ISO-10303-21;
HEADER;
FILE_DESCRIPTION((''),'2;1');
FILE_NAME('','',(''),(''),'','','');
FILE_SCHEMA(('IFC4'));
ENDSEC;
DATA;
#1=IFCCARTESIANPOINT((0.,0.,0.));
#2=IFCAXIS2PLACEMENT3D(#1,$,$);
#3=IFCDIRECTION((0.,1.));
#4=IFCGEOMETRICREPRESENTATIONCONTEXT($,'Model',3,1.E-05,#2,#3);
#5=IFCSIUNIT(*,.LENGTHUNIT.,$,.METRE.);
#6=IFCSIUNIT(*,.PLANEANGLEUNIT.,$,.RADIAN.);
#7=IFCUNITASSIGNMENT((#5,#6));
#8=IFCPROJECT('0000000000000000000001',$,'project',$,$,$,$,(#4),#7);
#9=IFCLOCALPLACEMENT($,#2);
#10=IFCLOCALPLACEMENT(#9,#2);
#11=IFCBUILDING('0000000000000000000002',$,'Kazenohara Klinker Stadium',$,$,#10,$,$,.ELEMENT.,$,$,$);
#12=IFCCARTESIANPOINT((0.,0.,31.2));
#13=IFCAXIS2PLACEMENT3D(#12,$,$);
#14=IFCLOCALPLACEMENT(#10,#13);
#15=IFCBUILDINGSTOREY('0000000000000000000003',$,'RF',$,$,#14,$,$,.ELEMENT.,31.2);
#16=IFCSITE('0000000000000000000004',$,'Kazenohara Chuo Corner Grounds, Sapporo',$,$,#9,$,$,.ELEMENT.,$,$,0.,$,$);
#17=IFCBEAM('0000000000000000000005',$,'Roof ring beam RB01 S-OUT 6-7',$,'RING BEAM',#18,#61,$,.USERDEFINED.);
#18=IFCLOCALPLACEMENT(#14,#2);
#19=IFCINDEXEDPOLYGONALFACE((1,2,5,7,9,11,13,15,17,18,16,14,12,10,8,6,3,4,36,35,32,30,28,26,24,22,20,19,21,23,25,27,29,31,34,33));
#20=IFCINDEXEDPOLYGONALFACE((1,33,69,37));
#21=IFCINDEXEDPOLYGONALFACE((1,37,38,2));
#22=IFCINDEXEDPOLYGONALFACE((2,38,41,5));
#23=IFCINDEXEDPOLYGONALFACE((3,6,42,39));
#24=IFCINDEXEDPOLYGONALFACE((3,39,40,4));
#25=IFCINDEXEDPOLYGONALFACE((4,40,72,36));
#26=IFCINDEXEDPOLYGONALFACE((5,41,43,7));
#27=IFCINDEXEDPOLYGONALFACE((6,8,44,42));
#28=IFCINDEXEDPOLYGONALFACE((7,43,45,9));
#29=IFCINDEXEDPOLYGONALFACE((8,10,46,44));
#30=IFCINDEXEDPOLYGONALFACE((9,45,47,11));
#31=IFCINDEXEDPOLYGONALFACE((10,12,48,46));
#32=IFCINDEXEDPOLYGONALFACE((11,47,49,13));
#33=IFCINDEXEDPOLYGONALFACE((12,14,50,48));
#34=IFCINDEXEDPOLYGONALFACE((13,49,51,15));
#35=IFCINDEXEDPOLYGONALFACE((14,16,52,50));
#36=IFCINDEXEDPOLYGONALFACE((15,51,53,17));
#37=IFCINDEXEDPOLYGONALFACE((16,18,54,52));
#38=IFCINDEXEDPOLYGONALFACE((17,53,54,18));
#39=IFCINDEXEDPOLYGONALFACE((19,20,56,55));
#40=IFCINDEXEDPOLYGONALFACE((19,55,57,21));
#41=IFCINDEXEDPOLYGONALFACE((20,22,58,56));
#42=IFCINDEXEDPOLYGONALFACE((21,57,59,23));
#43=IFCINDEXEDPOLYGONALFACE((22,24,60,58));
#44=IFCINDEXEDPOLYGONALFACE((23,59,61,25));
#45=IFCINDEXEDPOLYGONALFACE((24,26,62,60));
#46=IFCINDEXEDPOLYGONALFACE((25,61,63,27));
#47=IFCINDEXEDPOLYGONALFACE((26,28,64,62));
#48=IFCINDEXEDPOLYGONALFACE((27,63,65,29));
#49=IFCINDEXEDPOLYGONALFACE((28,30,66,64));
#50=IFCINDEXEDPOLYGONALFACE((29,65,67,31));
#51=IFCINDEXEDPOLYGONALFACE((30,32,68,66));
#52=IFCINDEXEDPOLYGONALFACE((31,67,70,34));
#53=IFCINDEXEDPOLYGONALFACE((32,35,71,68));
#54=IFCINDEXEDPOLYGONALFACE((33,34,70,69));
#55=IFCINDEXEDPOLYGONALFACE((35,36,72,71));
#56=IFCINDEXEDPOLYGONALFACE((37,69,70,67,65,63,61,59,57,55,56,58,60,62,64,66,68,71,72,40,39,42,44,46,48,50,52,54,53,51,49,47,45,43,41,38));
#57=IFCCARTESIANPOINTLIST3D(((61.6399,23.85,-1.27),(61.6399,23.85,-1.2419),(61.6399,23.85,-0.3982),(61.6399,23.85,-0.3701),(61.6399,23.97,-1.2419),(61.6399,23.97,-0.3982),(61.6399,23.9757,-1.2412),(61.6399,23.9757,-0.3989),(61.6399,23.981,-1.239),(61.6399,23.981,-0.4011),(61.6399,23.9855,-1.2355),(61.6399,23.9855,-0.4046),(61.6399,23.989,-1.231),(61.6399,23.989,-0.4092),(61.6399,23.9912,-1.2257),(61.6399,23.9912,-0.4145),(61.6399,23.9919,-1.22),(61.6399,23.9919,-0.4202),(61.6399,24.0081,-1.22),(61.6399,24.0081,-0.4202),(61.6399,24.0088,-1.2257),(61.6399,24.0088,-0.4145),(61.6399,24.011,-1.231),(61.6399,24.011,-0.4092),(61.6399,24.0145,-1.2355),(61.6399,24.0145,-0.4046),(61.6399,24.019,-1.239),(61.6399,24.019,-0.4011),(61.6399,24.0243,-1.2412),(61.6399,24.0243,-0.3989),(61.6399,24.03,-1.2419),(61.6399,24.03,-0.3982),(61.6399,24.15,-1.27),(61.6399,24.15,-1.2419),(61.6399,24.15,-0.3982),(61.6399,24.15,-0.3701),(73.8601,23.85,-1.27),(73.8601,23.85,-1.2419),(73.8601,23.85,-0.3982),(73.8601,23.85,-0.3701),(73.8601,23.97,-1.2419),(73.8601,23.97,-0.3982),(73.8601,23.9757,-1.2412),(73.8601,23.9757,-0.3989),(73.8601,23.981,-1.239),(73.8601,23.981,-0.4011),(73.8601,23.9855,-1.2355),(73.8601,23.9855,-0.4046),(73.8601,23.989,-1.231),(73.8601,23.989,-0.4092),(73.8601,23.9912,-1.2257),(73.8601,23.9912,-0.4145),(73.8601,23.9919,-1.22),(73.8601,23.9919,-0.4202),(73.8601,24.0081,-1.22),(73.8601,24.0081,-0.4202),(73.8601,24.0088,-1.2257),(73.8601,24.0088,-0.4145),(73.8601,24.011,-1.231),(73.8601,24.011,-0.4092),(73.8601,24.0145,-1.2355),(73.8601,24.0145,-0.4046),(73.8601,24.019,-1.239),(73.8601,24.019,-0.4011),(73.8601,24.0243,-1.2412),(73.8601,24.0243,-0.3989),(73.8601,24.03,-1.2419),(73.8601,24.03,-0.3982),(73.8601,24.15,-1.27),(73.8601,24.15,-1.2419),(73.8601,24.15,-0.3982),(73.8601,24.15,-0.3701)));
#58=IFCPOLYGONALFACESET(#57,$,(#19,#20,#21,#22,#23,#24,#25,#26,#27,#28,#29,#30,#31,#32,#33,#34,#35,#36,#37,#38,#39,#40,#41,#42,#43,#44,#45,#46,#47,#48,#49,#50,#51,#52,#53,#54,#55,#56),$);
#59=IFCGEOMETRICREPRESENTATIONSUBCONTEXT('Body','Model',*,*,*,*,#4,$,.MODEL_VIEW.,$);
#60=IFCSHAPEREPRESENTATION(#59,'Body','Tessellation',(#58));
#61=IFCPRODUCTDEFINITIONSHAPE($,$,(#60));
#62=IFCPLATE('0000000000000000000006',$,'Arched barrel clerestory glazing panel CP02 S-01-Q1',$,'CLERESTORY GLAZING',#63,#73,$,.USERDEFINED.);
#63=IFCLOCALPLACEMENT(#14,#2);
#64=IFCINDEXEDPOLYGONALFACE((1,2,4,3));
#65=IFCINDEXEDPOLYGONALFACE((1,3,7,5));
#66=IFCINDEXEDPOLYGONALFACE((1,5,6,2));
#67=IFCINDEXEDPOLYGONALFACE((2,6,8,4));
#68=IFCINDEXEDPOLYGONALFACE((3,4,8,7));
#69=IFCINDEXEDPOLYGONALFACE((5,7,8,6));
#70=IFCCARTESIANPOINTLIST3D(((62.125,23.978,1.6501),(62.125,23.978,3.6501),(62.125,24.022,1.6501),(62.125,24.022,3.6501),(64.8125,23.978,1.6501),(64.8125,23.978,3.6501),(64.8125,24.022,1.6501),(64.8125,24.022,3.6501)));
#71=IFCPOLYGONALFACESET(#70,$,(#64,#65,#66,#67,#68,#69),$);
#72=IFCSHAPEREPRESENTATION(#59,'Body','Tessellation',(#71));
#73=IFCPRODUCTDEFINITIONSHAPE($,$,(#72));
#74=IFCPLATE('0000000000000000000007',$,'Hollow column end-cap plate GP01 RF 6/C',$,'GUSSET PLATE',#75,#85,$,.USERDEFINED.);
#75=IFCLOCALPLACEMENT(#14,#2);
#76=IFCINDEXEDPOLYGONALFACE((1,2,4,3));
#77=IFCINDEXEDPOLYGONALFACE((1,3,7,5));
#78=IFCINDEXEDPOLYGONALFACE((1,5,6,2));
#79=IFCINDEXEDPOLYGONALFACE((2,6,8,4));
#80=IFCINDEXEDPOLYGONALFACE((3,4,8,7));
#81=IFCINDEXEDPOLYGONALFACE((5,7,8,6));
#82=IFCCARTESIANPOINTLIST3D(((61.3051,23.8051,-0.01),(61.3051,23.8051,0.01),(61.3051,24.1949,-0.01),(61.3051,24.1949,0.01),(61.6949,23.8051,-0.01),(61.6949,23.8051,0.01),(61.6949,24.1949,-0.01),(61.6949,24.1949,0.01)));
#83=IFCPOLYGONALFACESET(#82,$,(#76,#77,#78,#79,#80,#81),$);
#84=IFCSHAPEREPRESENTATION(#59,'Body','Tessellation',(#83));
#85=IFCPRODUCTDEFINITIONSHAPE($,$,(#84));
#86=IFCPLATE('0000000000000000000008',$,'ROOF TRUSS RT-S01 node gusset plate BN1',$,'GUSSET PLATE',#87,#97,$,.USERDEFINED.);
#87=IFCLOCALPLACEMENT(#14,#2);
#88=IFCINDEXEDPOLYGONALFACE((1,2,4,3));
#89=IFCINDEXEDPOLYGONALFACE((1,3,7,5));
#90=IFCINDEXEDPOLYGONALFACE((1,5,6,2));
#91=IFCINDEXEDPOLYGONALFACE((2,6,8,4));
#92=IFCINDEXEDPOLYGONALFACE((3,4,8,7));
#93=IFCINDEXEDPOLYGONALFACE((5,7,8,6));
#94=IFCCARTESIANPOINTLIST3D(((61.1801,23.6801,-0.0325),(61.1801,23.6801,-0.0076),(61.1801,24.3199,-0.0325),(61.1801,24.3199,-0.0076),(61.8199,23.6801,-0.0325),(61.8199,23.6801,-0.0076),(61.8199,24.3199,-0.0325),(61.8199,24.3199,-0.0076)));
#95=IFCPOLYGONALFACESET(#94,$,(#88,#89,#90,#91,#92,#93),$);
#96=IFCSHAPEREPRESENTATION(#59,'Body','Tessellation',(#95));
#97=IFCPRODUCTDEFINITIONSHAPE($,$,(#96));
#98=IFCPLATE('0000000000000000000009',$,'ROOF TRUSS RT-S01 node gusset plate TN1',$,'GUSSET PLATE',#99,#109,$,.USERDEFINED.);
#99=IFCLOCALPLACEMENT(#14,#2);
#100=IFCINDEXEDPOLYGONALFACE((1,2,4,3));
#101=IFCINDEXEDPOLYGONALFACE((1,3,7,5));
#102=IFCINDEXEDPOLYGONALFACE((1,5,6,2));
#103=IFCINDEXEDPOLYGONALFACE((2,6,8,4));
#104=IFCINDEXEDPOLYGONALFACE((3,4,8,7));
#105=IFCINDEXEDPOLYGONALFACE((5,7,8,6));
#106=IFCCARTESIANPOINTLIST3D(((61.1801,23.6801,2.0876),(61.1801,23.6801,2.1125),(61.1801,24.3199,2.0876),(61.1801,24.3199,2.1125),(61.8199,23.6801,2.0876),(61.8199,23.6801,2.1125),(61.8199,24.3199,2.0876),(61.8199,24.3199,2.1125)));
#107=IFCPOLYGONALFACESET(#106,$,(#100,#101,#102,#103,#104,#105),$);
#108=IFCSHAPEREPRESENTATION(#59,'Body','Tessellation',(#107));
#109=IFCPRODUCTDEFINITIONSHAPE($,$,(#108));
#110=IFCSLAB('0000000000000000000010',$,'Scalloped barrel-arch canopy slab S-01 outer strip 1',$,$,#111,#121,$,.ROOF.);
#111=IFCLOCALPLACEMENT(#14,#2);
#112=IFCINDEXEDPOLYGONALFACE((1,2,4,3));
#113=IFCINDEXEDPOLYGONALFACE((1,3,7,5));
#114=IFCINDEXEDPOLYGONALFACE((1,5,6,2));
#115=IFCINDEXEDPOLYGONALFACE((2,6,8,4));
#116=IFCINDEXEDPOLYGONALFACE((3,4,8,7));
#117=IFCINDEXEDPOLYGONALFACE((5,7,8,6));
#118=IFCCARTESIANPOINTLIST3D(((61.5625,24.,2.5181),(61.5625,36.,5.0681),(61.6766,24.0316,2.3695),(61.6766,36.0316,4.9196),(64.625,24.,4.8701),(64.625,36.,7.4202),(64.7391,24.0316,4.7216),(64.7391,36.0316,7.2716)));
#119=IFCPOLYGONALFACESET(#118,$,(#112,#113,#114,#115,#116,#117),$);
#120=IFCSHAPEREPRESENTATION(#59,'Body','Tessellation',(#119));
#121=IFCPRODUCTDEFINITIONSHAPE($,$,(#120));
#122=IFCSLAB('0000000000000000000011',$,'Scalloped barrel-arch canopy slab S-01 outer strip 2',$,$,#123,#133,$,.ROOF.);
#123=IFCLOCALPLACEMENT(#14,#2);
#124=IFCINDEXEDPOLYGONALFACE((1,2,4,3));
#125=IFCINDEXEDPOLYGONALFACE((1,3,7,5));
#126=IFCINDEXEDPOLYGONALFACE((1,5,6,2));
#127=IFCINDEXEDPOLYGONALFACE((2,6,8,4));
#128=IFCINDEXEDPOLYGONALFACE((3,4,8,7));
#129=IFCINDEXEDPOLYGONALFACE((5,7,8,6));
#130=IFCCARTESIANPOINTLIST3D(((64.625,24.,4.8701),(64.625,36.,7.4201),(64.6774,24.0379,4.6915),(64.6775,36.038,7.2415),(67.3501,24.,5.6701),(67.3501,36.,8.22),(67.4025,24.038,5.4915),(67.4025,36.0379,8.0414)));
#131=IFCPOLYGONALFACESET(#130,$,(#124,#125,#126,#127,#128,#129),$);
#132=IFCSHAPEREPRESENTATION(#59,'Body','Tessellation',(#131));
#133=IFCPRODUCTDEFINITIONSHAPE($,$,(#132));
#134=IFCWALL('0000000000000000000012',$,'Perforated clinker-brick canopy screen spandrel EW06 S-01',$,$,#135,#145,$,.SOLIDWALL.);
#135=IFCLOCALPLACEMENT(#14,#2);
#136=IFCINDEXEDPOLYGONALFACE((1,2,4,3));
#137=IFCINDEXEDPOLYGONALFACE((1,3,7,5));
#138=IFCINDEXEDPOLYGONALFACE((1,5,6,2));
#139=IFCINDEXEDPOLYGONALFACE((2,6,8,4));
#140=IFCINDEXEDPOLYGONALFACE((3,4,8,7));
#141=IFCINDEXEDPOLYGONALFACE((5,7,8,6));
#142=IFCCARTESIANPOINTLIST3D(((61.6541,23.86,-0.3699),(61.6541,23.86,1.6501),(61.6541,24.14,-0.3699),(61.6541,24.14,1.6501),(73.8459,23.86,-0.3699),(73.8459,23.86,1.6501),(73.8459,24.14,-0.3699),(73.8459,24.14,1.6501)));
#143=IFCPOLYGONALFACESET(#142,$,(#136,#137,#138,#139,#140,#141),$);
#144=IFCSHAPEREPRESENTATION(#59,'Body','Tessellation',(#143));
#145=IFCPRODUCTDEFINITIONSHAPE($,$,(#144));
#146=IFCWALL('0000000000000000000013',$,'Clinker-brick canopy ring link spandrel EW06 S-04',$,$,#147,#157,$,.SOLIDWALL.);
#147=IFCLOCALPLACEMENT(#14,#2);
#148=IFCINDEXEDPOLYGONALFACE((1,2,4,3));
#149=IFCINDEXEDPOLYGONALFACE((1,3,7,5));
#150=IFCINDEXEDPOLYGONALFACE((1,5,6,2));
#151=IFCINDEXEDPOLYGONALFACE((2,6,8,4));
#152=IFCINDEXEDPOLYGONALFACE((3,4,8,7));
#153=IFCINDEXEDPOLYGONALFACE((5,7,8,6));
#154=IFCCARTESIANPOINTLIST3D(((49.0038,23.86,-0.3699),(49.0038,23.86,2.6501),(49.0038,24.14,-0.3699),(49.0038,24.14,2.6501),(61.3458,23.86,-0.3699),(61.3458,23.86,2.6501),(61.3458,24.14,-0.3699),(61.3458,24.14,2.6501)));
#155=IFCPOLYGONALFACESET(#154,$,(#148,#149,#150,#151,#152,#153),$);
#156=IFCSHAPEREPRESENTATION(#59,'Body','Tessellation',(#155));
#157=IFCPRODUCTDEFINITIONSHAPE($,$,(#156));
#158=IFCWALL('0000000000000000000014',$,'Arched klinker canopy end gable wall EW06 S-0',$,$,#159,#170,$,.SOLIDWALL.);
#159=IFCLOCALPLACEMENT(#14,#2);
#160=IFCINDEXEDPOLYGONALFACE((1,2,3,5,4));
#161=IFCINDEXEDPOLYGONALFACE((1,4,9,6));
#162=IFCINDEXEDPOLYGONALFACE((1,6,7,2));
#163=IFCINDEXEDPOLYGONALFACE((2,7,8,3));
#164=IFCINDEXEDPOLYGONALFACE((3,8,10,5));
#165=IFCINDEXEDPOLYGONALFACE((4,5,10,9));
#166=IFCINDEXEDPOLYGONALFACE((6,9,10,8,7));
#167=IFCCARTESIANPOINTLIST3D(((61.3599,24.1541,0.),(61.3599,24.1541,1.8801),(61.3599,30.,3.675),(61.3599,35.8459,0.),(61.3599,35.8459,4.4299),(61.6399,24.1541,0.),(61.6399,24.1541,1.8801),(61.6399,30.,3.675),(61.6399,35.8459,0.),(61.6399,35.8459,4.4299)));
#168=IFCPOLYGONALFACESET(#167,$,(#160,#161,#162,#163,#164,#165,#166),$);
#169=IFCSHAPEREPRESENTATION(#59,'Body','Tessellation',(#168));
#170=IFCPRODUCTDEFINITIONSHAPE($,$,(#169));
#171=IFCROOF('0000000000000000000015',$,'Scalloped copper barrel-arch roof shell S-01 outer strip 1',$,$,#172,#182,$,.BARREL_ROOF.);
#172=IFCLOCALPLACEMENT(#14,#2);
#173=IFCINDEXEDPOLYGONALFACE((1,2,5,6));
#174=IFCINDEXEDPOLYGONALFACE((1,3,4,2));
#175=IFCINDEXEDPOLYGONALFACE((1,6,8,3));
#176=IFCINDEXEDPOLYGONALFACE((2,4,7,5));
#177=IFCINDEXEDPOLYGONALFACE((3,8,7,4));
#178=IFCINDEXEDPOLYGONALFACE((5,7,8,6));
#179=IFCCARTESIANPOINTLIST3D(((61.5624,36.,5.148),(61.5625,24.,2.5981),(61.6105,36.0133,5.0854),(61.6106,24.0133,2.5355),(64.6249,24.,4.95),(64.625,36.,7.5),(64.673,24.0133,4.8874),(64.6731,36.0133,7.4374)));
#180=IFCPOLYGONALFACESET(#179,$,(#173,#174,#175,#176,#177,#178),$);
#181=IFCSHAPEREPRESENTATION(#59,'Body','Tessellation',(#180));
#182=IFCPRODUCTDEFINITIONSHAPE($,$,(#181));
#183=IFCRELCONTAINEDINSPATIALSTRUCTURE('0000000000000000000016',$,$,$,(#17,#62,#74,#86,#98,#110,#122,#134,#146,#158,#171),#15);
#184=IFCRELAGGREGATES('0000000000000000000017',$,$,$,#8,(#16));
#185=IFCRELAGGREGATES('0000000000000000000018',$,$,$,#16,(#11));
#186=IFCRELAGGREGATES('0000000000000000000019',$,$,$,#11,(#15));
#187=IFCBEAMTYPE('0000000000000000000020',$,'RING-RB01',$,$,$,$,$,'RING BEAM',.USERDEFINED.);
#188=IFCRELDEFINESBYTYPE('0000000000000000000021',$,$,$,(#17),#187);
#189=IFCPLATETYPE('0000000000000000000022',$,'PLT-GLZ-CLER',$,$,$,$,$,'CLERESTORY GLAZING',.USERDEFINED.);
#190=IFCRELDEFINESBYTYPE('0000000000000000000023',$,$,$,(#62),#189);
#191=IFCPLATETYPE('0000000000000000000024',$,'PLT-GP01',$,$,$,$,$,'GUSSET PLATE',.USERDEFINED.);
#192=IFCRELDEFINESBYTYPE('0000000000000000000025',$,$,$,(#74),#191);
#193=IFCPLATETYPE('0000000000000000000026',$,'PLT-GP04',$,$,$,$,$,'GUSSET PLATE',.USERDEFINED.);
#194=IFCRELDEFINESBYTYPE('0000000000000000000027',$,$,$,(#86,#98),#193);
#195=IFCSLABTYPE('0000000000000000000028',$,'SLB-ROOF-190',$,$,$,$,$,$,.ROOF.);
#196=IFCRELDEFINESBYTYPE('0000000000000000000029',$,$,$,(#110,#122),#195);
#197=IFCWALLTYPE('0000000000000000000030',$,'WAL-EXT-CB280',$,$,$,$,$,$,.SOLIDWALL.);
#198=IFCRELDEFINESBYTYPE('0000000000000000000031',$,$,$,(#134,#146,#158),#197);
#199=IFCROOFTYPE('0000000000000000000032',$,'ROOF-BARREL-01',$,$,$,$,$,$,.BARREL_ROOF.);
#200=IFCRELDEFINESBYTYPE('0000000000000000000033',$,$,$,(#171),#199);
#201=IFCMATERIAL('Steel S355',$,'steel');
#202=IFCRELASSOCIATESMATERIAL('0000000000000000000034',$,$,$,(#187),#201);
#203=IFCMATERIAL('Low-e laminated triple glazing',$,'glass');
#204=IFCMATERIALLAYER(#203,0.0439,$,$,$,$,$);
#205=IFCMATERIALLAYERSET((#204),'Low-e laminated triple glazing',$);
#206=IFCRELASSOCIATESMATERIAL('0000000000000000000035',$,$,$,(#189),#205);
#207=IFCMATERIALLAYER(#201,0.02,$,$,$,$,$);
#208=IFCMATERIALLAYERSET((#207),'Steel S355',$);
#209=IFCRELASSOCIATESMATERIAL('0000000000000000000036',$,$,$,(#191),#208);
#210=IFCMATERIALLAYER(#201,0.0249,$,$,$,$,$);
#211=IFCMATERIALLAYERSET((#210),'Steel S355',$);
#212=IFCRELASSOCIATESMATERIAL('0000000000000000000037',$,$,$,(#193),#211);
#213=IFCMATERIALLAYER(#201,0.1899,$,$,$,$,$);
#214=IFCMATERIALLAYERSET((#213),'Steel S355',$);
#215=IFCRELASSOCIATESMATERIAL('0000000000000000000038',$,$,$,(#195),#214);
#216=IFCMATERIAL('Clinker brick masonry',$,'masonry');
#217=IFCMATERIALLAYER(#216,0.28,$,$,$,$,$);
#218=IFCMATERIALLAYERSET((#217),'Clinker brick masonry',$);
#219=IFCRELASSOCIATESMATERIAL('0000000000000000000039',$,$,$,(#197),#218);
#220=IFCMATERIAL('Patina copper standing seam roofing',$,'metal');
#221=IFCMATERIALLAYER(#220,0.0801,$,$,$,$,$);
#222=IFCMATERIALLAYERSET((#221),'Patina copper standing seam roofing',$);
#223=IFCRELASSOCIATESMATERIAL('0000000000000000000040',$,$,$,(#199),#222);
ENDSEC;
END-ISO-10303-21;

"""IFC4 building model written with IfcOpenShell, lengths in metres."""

from ifc_helpers import new_model, si_unit, direction, frame, frame_2d, origin, origin_2d, place, context, subcontext, project, spatial, polyline, rectangle, i_section, outline, extrude, material, layer, layer_set, material_profile, profile_set, type_object, element, save


model = new_model("IFC4")

# Units and contexts
model_context = context("Model", 3, precision=1e-05, world=origin(), true_north=direction((0.0, 1.0)))
body_context = subcontext(model_context, "Body", "Model", "MODEL_VIEW")
ifc_project = project(units=[si_unit("LENGTHUNIT", "METRE"), si_unit("PLANEANGLEUNIT", "RADIAN")], contexts=[model_context])

# Site, building, storey
site_placement = place(None, origin())
site = spatial("IfcSite", under=ifc_project, at=site_placement, Name="Kazenohara Chuo Corner Grounds, Sapporo", CompositionType="ELEMENT", RefElevation=0.0)
building_placement = place(site_placement, origin())
building = spatial("IfcBuilding", under=site, at=building_placement, Name="Kazenohara Klinker Stadium", CompositionType="ELEMENT")
storey_placement = place(building_placement, frame((0.0, 0.0, 31.2)))
storey = spatial("IfcBuildingStorey", under=building, at=storey_placement, Name="RF", CompositionType="ELEMENT", Elevation=31.2)

# Shared definitions
ifc_material_1 = material(Name="Steel S355", Category="steel")

# Beam
ifc_material_profile_1 = material_profile(ifc_material_1, i_section(OverallWidth=0.3, OverallDepth=0.8999, WebThickness=0.0161, FlangeThickness=0.0281, FilletRadius=0.022, at=origin_2d()), Name="H-900x300x16x28")
ifc_profile_set_1 = profile_set([ifc_material_profile_1], Name="Steel S355")
beam_type = type_object("IfcBeamType", Name="RING-RB01", ElementType="RING BEAM", PredefinedType="USERDEFINED", material=ifc_profile_set_1)
for number, where, z_axis, x_axis, name in (
    (1, (61.6399, 24.0, -0.8201), (1.0, 0.0, 0.0), (0.0, 1.0, 0.0), "Roof ring beam RB01 S-OUT 6-7"),
):
    element("IfcBeam", number, at=place(storey_placement, frame(where, z_axis=z_axis, x_axis=x_axis)), inside=storey, type_object=beam_type, Name=name, ObjectType="RING BEAM", PredefinedType="USERDEFINED", context=body_context, shape_type="SweptSolid", body=[
        extrude(i_section(OverallWidth=0.3, OverallDepth=0.8999, WebThickness=0.0161, FlangeThickness=0.0281, FilletRadius=0.022, at=origin_2d()), origin(), (0.0, 0.0, 1.0), 12.2202),
    ])

# Plates
ifc_material_2 = material(Name="Low-e laminated triple glazing", Category="glass")
ifc_layer_1 = layer(ifc_material_2, 0.0439)
ifc_layer_set_1 = layer_set([ifc_layer_1], Name="Low-e laminated triple glazing")
plate_type_1 = type_object("IfcPlateType", Name="PLT-GLZ-CLER", ElementType="CLERESTORY GLAZING", PredefinedType="USERDEFINED", material=ifc_layer_set_1)
plate_1_placement = place(storey_placement, frame((63.4688, 24.0, 1.6501), z_axis=(0.0, 0.0, 1.0), x_axis=(1.0, 0.0, 0.0)))
element("IfcPlate", 2, at=plate_1_placement, inside=storey, type_object=plate_type_1, Name="Arched barrel clerestory glazing panel CP02 S-01-Q1", ObjectType="CLERESTORY GLAZING", PredefinedType="USERDEFINED", context=body_context, shape_type="SweptSolid", body=[
    extrude(rectangle(XDim=2.6875, YDim=0.0439, at=origin_2d()), origin(), (0.0, 0.0, 1.0), 2.0),
])
ifc_layer_2 = layer(ifc_material_1, 0.02)
ifc_layer_set_2 = layer_set([ifc_layer_2], Name="Steel S355")
plate_type_2 = type_object("IfcPlateType", Name="PLT-GP01", ElementType="GUSSET PLATE", PredefinedType="USERDEFINED", material=ifc_layer_set_2)
plate_2_placement = place(storey_placement, frame((61.5, 24.0, -0.01), z_axis=(0.0, 0.0, 1.0), x_axis=(1.0, 0.0, 0.0)))
element("IfcPlate", 3, at=plate_2_placement, inside=storey, type_object=plate_type_2, Name="Hollow column end-cap plate GP01 RF 6/C", ObjectType="GUSSET PLATE", PredefinedType="USERDEFINED", context=body_context, shape_type="SweptSolid", body=[
    extrude(rectangle(XDim=0.3899, YDim=0.3899, at=origin_2d()), origin(), (0.0, 0.0, 1.0), 0.02),
])
ifc_layer_3 = layer(ifc_material_1, 0.0249)
ifc_layer_set_3 = layer_set([ifc_layer_3], Name="Steel S355")
plate_type_3 = type_object("IfcPlateType", Name="PLT-GP04", ElementType="GUSSET PLATE", PredefinedType="USERDEFINED", material=ifc_layer_set_3)
for number, where, z_axis, x_axis, name in (
    (4, (61.5, 24.0, -0.0325), (0.0, 0.0, 1.0), (1.0, 0.0, 0.0), "ROOF TRUSS RT-S01 node gusset plate BN1"),
    (5, (61.5, 24.0, 2.0876), (0.0, 0.0, 1.0), (1.0, 0.0, 0.0), "ROOF TRUSS RT-S01 node gusset plate TN1"),
):
    element("IfcPlate", number, at=place(storey_placement, frame(where, z_axis=z_axis, x_axis=x_axis)), inside=storey, type_object=plate_type_3, Name=name, ObjectType="GUSSET PLATE", PredefinedType="USERDEFINED", context=body_context, shape_type="SweptSolid", body=[
        extrude(rectangle(XDim=0.6399, YDim=0.6399, at=origin_2d()), origin(), (0.0, 0.0, 1.0), 0.0249),
    ])

# Slabs
ifc_layer_4 = layer(ifc_material_1, 0.1899)
ifc_layer_set_4 = layer_set([ifc_layer_4], Name="Steel S355")
slab_type = type_object("IfcSlabType", Name="SLB-ROOF-190", PredefinedType="ROOF", material=ifc_layer_set_4)
slab_1_placement = place(storey_placement, frame((61.5625, 24.0, 2.5181), z_axis=(-0.600635, -0.166191, 0.78206), x_axis=(0.0, 0.978158, 0.207863)))
element("IfcSlab", 6, at=slab_1_placement, inside=storey, type_object=slab_type, Name="Scalloped barrel-arch canopy slab S-01 outer strip 1", PredefinedType="ROOF", context=body_context, shape_type="SweptSolid", body=[
    extrude(outline(polyline([(0.0, 0.0), (12.268, 0.0), (12.7569, -3.8304), (0.4889, -3.8304), (0.0, 0.0)])), origin(), (0.0, 0.0, -1.0), 0.1899),
])
slab_2_placement = place(storey_placement, frame((64.625, 24.0, 4.8701), z_axis=(-0.275979, -0.199781, 0.940172), x_axis=(0.000003, 0.97816, 0.207854)))
element("IfcSlab", 7, at=slab_2_placement, inside=storey, type_object=slab_type, Name="Scalloped barrel-arch canopy slab S-01 outer strip 2", PredefinedType="ROOF", context=body_context, shape_type="SweptSolid", body=[
    extrude(outline(polyline([(0.0, 0.0), (12.268, 0.0), (12.4342, -2.8352), (0.1663, -2.8352), (0.0, 0.0)])), origin(), (0.0, 0.0, -1.0), 0.1899),
])

# Walls
ifc_material_3 = material(Name="Clinker brick masonry", Category="masonry")
ifc_layer_5 = layer(ifc_material_3, 0.28)
ifc_layer_set_5 = layer_set([ifc_layer_5], Name="Clinker brick masonry")
wall_type = type_object("IfcWallType", Name="WAL-EXT-CB280", PredefinedType="SOLIDWALL", material=ifc_layer_set_5)
wall_1_placement = place(storey_placement, frame((61.6541, 24.0, -0.3699), z_axis=(0.0, 0.0, 1.0), x_axis=(1.0, 0.0, 0.0)))
element("IfcWall", 8, at=wall_1_placement, inside=storey, type_object=wall_type, Name="Perforated clinker-brick canopy screen spandrel EW06 S-01", PredefinedType="SOLIDWALL", context=body_context, shape_type="SweptSolid", body=[
    extrude(rectangle(XDim=12.1919, YDim=0.28, at=frame_2d((6.0959, 0.0))), origin(), (0.0, 0.0, 1.0), 2.02),
])
wall_2_placement = place(storey_placement, frame((49.0039, 24.0, -0.3699), z_axis=(0.0, 0.0, 1.0), x_axis=(1.0, 0.0, 0.0)))
element("IfcWall", 9, at=wall_2_placement, inside=storey, type_object=wall_type, Name="Clinker-brick canopy ring link spandrel EW06 S-04", PredefinedType="SOLIDWALL", context=body_context, shape_type="SweptSolid", body=[
    extrude(rectangle(XDim=12.342, YDim=0.28, at=frame_2d((6.1709, 0.0))), origin(), (0.0, 0.0, 1.0), 3.02),
])
wall_3_placement = place(storey_placement, frame((61.5, 24.1541, 0.0), z_axis=(0.0, 0.0, 1.0), x_axis=(0.0, 1.0, 0.0)))
element("IfcWall", 10, at=wall_3_placement, inside=storey, type_object=wall_type, Name="Arched klinker canopy end gable wall EW06 S-0", PredefinedType="SOLIDWALL", context=body_context, shape_type="SweptSolid", body=[
    extrude(outline(polyline([(0.0, 0.0), (11.6919, 0.0), (11.6919, 4.4299), (5.8459, 3.675), (0.0, 1.8801), (0.0, 0.0)])), frame((0.0, 0.1401, 0.0), z_axis=(0.0, -1.0, 0.0), x_axis=(1.0, 0.0, 0.0)), (0.0, 0.0, 1.0), 0.28),
])

# Roof
ifc_material_4 = material(Name="Patina copper standing seam roofing", Category="metal")
ifc_layer_6 = layer(ifc_material_4, 0.0801)
ifc_layer_set_6 = layer_set([ifc_layer_6], Name="Patina copper standing seam roofing")
roof_type = type_object("IfcRoofType", Name="ROOF-BARREL-01", PredefinedType="BARREL_ROOF", material=ifc_layer_set_6)
roof_1_placement = place(storey_placement, frame((61.5625, 24.0, 2.5981), z_axis=(-0.600616, -0.166186, 0.782076), x_axis=(-0.000005, 0.978161, 0.20785)))
element("IfcRoof", 11, at=roof_1_placement, inside=storey, type_object=roof_type, Name="Scalloped copper barrel-arch roof shell S-01 outer strip 1", PredefinedType="BARREL_ROOF", context=body_context, shape_type="SweptSolid", body=[
    extrude(outline(polyline([(0.0, 0.0), (12.2679, 0.0), (12.7568, -3.8304), (0.4888, -3.8303), (0.0, 0.0)])), origin(), (0.0, 0.0, -1.0), 0.0801),
])

save(model, "model.ifc")
